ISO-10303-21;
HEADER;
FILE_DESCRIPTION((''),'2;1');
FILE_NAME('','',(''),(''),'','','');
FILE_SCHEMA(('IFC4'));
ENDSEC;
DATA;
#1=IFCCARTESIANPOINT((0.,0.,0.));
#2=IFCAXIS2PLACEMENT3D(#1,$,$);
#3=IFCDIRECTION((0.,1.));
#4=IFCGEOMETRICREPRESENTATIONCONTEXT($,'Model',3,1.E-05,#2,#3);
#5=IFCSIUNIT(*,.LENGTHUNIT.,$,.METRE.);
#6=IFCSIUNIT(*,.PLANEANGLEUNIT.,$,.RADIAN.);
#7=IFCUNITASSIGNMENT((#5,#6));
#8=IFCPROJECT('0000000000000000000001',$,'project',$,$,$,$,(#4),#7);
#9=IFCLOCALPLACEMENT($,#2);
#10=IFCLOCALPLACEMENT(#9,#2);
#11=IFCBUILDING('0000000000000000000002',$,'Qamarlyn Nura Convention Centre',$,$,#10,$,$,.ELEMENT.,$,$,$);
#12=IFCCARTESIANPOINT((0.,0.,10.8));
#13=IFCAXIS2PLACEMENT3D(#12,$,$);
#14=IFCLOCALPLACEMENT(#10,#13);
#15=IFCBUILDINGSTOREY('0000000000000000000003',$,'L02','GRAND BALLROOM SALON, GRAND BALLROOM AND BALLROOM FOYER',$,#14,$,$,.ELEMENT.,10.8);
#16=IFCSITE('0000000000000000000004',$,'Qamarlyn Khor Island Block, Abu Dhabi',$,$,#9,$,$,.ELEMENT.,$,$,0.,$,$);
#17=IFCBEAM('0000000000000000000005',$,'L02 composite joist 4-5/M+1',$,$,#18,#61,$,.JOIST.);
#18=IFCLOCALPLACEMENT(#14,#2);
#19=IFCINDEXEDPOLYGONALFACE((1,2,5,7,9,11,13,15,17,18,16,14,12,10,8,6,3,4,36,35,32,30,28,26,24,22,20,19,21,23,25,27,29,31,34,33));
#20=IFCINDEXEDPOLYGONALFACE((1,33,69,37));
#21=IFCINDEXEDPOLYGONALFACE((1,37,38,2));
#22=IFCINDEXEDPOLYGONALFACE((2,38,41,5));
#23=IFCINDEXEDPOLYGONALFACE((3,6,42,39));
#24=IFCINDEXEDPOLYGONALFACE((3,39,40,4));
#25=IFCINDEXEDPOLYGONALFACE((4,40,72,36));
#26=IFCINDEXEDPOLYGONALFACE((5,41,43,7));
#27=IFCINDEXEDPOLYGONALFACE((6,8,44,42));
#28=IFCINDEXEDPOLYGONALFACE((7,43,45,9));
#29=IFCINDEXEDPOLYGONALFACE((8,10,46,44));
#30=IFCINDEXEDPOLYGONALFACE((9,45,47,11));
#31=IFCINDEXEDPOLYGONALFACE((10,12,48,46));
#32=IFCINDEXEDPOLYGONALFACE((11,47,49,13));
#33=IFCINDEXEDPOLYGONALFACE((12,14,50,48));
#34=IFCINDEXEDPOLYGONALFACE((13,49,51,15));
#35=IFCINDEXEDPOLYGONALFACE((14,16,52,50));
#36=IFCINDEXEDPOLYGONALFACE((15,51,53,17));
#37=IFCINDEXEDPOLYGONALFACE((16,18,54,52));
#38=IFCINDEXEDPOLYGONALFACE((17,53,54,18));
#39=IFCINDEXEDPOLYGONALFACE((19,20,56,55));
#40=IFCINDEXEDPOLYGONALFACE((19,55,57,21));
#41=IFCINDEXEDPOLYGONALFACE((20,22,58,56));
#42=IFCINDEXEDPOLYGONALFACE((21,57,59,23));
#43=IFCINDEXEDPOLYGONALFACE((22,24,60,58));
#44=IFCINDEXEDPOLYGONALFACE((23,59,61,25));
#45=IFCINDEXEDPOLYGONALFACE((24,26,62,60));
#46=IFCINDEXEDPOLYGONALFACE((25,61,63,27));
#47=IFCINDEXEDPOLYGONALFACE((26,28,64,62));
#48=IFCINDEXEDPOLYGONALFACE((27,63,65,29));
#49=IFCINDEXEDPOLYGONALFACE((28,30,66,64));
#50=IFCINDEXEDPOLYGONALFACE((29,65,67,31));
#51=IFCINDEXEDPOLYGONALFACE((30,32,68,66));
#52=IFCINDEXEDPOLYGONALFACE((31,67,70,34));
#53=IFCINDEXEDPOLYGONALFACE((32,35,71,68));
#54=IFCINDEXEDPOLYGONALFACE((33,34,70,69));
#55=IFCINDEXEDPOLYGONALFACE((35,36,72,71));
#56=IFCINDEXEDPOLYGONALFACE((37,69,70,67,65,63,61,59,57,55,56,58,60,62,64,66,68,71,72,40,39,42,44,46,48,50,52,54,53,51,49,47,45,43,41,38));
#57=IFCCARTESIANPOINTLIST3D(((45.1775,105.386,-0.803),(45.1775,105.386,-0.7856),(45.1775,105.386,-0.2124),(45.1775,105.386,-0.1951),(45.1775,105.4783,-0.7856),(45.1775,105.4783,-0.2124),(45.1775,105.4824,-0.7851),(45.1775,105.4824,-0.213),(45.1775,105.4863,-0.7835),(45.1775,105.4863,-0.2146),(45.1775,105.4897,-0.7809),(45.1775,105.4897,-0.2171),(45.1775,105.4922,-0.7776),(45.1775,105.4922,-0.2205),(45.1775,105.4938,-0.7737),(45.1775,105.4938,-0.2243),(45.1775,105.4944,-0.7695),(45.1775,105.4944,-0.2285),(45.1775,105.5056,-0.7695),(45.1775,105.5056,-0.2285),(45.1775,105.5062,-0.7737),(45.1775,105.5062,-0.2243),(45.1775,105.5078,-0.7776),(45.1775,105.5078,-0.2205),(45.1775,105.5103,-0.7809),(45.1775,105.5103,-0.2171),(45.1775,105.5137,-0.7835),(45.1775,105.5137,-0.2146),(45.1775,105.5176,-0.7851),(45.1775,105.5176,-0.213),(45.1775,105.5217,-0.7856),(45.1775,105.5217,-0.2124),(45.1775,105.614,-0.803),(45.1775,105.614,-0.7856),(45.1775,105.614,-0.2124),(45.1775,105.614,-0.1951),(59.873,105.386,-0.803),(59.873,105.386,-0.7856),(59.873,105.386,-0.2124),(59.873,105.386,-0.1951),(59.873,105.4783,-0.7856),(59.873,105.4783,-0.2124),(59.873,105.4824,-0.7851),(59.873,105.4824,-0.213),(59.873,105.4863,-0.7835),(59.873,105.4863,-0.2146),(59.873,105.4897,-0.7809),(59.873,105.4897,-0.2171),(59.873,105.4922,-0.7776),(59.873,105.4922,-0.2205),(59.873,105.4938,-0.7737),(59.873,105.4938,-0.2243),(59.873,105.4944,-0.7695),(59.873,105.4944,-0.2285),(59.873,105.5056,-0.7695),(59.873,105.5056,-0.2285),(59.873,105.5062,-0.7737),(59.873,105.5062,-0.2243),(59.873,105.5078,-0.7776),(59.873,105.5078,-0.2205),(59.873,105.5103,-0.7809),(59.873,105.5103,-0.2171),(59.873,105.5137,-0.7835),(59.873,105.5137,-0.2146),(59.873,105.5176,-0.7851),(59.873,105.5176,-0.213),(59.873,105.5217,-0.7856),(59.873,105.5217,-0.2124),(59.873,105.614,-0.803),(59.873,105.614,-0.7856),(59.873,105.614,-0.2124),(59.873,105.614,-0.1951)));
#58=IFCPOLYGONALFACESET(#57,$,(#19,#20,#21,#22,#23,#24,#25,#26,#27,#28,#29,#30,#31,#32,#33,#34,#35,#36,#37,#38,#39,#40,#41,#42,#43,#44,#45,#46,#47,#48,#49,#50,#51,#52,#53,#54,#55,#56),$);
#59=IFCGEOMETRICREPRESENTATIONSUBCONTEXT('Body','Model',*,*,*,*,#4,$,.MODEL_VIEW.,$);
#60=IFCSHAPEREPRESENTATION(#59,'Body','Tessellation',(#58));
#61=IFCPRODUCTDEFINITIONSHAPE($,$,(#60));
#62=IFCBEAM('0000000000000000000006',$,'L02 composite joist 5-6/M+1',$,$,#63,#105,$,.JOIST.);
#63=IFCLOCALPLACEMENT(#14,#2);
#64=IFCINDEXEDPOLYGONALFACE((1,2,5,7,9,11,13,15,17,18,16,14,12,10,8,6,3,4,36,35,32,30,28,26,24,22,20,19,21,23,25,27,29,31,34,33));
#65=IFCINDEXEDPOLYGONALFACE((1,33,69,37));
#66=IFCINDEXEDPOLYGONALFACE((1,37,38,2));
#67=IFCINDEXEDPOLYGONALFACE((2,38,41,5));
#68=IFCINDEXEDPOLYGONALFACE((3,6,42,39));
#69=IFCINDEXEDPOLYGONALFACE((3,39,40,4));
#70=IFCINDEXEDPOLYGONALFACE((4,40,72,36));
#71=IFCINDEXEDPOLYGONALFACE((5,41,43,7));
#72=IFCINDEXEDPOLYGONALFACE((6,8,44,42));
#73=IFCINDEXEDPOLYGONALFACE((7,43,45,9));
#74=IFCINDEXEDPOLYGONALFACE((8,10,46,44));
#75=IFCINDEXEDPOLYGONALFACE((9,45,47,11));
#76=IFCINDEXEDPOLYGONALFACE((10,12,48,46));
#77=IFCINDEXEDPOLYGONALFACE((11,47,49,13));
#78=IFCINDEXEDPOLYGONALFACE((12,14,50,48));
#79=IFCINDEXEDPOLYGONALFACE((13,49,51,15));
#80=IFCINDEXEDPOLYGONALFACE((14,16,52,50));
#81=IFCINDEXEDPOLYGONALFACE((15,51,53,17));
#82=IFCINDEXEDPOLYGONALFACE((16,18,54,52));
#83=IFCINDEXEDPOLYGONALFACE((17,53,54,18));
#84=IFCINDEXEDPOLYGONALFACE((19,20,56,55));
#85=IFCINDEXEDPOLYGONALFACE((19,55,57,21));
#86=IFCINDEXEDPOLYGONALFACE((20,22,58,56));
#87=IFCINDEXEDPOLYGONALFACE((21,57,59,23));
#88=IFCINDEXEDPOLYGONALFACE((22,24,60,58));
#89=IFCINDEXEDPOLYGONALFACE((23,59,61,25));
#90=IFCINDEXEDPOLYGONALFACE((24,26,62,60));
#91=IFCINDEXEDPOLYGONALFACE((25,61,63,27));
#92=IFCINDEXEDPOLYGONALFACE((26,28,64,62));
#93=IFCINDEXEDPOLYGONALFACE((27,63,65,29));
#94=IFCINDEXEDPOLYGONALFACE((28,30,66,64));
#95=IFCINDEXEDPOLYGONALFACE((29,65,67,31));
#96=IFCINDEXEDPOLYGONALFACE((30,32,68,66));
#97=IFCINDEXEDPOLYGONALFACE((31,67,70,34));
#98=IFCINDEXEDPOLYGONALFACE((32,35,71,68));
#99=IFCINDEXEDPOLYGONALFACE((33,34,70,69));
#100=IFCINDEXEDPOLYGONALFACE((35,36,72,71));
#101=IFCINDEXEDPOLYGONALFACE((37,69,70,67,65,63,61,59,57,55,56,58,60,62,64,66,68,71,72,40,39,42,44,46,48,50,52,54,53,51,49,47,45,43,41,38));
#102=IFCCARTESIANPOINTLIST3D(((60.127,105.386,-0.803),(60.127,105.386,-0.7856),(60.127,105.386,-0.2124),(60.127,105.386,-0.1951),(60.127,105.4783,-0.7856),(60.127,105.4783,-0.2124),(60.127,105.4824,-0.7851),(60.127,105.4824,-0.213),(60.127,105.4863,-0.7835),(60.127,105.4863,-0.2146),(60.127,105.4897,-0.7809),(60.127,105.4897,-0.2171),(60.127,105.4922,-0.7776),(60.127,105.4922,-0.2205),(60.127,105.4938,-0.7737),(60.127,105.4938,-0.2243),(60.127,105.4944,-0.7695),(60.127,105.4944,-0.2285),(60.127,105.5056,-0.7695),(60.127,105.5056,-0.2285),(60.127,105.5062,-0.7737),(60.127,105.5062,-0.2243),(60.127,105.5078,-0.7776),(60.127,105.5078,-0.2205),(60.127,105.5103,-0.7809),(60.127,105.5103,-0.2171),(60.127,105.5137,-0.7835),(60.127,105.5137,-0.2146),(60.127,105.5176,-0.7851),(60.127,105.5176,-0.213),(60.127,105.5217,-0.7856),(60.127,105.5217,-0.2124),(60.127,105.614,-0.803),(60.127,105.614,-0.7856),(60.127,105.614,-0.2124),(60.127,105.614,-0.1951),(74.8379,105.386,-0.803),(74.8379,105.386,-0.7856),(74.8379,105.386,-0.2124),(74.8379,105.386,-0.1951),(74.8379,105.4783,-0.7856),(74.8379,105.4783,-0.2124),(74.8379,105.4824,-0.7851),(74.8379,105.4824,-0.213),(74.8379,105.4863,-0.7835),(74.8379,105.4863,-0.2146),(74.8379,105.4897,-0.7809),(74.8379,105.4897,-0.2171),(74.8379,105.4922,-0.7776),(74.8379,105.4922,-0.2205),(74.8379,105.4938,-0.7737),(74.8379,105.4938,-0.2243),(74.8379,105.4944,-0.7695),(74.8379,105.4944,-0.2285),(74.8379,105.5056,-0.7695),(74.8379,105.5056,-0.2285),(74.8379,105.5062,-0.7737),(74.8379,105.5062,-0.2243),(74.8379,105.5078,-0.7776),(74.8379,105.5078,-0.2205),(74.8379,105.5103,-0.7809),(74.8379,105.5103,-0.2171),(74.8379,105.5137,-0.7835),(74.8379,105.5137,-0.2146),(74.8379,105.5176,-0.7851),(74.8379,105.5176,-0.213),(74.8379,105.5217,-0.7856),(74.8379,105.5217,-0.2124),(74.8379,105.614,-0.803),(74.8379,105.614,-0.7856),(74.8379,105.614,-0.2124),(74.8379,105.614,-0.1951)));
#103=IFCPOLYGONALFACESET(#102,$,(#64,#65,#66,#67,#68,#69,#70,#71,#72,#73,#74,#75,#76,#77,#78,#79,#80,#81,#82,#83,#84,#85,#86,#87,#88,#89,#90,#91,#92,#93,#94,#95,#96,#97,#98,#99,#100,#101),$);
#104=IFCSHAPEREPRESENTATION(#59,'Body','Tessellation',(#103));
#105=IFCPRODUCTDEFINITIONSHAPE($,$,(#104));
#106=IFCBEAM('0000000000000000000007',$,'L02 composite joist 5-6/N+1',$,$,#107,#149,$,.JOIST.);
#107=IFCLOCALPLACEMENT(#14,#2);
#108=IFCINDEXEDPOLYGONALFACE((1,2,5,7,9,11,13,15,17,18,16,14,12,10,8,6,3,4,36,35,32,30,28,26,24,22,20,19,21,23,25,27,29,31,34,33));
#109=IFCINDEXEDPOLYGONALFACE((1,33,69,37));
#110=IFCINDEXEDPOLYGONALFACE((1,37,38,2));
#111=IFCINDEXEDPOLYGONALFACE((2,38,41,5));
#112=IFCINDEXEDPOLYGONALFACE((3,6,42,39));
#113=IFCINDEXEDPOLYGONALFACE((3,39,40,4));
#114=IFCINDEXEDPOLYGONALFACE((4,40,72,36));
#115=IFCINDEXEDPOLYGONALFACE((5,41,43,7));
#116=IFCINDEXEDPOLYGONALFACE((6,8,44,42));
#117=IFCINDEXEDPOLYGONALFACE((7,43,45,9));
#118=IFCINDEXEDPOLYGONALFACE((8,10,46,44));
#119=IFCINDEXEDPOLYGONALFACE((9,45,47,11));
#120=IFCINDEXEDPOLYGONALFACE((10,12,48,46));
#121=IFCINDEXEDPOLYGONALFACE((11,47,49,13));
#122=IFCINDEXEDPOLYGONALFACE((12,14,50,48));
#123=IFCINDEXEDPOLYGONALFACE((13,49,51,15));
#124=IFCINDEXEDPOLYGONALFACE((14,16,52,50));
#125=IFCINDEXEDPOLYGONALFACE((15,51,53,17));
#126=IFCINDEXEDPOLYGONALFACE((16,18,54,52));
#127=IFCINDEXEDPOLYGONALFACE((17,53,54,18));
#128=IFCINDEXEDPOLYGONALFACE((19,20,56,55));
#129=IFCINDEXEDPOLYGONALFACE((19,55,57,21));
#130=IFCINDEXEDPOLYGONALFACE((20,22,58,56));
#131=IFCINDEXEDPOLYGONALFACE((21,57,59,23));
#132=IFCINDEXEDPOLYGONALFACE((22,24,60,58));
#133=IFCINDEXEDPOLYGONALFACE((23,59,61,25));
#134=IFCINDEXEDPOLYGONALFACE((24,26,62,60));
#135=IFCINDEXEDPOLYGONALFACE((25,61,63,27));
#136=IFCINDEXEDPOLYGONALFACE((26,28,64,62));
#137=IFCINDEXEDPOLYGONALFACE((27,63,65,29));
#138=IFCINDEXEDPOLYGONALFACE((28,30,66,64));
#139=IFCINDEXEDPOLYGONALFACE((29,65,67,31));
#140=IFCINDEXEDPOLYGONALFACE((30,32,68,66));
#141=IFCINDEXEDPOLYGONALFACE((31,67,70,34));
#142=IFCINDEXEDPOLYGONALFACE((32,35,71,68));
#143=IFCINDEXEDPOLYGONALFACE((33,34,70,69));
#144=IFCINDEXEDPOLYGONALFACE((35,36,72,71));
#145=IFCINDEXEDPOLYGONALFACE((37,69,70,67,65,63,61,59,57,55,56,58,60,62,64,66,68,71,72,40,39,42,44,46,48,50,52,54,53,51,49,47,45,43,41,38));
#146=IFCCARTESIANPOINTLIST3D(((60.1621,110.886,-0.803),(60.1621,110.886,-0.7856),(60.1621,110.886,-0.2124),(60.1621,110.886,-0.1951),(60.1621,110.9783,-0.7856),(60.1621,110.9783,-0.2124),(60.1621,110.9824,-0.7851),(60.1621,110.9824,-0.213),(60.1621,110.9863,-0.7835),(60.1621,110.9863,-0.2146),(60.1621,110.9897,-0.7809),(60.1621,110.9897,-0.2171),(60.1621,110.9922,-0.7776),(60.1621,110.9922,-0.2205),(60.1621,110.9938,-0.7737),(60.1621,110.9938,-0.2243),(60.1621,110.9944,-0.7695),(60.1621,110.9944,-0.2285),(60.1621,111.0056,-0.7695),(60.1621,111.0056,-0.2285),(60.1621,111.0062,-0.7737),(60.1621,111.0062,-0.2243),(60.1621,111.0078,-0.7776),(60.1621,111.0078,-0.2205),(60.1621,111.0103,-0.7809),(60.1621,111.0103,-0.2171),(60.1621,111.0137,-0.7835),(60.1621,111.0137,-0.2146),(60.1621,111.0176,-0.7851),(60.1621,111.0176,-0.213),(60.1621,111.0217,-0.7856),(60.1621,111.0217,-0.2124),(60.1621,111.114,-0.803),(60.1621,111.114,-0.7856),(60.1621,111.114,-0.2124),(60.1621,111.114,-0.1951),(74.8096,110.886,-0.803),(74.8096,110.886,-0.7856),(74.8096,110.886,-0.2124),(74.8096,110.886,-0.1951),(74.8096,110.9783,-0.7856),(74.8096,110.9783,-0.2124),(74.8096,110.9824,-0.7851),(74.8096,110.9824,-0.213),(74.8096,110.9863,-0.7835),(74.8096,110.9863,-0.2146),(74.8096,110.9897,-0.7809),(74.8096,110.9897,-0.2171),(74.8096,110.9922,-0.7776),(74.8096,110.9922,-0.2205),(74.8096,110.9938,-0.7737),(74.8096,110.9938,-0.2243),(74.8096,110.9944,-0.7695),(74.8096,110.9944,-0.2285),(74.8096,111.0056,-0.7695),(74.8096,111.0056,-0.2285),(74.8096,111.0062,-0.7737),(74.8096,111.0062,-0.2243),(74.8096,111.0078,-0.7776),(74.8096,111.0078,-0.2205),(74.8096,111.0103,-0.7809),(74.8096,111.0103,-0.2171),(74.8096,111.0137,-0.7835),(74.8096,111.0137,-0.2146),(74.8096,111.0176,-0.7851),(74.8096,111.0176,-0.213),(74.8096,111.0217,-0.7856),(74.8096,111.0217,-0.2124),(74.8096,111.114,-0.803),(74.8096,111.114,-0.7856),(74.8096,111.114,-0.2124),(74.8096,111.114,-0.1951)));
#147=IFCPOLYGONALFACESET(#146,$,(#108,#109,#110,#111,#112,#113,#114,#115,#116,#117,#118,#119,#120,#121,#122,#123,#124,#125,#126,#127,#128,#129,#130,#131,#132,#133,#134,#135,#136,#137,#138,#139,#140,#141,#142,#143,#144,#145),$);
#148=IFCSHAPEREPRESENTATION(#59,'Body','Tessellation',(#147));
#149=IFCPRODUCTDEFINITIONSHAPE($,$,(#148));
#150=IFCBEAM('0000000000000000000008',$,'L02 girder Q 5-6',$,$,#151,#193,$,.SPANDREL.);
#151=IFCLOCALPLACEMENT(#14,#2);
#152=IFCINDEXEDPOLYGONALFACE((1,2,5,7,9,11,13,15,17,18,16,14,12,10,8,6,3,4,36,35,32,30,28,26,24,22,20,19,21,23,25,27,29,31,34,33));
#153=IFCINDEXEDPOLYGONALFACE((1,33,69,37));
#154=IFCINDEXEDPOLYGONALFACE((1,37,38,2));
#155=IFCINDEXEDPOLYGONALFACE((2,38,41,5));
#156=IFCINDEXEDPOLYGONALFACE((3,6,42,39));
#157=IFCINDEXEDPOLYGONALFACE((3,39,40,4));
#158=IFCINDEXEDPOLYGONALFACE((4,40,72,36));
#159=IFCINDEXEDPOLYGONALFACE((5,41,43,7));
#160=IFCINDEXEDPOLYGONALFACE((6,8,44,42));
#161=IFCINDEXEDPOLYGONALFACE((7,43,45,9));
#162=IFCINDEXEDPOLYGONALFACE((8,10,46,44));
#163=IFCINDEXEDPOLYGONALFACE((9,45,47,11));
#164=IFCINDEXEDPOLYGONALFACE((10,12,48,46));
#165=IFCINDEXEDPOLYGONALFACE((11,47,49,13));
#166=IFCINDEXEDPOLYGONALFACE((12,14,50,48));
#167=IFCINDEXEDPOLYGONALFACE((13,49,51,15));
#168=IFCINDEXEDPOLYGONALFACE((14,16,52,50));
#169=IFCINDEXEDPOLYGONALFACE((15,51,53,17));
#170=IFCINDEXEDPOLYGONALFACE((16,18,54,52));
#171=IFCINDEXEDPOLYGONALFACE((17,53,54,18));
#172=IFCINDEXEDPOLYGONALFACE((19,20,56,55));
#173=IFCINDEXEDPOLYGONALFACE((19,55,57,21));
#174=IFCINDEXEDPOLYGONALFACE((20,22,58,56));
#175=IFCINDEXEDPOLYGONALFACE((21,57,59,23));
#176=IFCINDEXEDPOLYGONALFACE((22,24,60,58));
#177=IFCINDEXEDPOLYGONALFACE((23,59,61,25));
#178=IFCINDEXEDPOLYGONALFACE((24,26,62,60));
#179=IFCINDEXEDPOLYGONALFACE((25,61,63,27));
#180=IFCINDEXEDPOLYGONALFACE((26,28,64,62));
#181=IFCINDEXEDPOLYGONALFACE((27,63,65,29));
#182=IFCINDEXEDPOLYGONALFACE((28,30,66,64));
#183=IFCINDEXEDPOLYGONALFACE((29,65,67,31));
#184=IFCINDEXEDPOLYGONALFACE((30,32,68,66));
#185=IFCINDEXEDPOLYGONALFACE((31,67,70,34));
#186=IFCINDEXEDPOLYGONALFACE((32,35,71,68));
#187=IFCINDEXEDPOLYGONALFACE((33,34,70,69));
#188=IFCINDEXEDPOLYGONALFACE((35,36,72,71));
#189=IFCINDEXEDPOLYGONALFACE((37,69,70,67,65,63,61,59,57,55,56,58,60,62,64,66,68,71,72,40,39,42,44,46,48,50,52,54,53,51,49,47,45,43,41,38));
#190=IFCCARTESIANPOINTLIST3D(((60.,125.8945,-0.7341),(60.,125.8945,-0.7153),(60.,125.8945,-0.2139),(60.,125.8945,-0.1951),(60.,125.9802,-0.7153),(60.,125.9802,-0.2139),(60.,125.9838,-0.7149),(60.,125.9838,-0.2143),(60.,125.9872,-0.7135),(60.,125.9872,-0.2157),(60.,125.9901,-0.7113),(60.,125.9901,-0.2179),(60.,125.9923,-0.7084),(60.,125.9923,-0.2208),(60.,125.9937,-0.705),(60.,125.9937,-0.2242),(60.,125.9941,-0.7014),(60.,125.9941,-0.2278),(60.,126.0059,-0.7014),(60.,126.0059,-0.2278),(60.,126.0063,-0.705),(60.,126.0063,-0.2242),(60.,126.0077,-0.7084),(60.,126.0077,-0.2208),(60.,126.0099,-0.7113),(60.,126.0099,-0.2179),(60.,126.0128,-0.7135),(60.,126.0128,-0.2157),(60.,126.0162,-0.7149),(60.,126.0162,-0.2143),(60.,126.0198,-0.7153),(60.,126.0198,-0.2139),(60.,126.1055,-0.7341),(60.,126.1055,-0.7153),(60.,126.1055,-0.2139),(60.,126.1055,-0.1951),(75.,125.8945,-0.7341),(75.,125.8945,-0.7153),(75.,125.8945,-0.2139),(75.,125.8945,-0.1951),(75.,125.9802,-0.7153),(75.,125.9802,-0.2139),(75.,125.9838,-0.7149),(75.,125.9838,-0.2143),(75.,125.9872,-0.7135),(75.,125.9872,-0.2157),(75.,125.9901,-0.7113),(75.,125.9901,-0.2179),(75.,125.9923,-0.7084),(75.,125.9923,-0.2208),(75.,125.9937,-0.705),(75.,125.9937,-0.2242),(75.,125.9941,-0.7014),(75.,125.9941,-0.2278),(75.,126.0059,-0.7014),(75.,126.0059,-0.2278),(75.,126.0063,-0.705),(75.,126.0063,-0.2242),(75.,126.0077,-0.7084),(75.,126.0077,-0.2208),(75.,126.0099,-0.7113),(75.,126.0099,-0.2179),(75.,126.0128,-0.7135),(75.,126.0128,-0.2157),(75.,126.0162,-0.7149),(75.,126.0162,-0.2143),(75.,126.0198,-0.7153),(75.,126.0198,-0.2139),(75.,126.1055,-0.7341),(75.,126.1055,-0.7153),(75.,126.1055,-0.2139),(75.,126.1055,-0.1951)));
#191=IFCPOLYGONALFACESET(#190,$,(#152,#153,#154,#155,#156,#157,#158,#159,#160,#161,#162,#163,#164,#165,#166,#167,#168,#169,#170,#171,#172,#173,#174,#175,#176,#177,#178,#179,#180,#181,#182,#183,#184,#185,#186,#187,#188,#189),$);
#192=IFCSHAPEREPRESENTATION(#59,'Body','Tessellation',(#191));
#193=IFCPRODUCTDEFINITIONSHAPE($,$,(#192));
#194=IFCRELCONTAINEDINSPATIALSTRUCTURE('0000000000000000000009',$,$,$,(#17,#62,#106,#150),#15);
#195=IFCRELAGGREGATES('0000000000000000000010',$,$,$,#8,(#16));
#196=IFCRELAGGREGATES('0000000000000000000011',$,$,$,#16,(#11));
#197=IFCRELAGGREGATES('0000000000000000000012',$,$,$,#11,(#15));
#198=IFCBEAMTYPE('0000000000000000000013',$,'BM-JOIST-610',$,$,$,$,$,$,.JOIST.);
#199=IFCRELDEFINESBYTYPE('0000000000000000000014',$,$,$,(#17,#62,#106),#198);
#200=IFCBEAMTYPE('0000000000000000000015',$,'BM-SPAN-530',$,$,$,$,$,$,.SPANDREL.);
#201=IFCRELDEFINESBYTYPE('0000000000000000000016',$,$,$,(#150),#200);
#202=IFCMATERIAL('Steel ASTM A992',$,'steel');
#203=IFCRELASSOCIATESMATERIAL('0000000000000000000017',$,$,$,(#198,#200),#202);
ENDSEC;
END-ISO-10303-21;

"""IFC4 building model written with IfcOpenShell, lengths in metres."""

from ifc_helpers import new_model, si_unit, direction, frame, origin, origin_2d, place, context, subcontext, project, spatial, i_section, extrude, material, material_profile, profile_set, type_object, element, save


model = new_model("IFC4")

# Units and contexts
model_context = context("Model", 3, precision=1e-05, world=origin(), true_north=direction((0.0, 1.0)))
body_context = subcontext(model_context, "Body", "Model", "MODEL_VIEW")
ifc_project = project(units=[si_unit("LENGTHUNIT", "METRE"), si_unit("PLANEANGLEUNIT", "RADIAN")], contexts=[model_context])

# Site, building, storey
site_placement = place(None, origin())
site = spatial("IfcSite", under=ifc_project, at=site_placement, Name="Qamarlyn Khor Island Block, Abu Dhabi", CompositionType="ELEMENT", RefElevation=0.0)
building_placement = place(site_placement, origin())
building = spatial("IfcBuilding", under=site, at=building_placement, Name="Qamarlyn Nura Convention Centre", CompositionType="ELEMENT")
storey_placement = place(building_placement, frame((0.0, 0.0, 10.8)))
storey = spatial("IfcBuildingStorey", under=building, at=storey_placement, Name="L02", Description="GRAND BALLROOM SALON, GRAND BALLROOM AND BALLROOM FOYER", CompositionType="ELEMENT", Elevation=10.8)

# Beams
ifc_material_1 = material(Name="Steel ASTM A992", Category="steel")
ifc_material_profile_1 = material_profile(ifc_material_1, i_section(OverallWidth=0.228, OverallDepth=0.6079, WebThickness=0.0112, FlangeThickness=0.0173, FilletRadius=0.0161, at=origin_2d()), Name="W610X113")
ifc_profile_set_1 = profile_set([ifc_material_profile_1], Name="Steel ASTM A992")
beam_type_1 = type_object("IfcBeamType", Name="BM-JOIST-610", PredefinedType="JOIST", material=ifc_profile_set_1)
beam_1_placement = place(storey_placement, frame((45.1775, 105.5, -0.499), z_axis=(1.0, 0.0, 0.0), x_axis=(0.0, 1.0, 0.0)))
element("IfcBeam", 1, at=beam_1_placement, inside=storey, type_object=beam_type_1, Name="L02 composite joist 4-5/M+1", PredefinedType="JOIST", context=body_context, shape_type="SweptSolid", body=[
    extrude(i_section(OverallWidth=0.228, OverallDepth=0.6079, WebThickness=0.0112, FlangeThickness=0.0173, FilletRadius=0.0161, at=origin_2d()), origin(), (0.0, 0.0, 1.0), 14.6956),
])
beam_2_placement = place(storey_placement, frame((60.127, 105.5, -0.499), z_axis=(1.0, 0.0, 0.0), x_axis=(0.0, 1.0, 0.0)))
element("IfcBeam", 2, at=beam_2_placement, inside=storey, type_object=beam_type_1, Name="L02 composite joist 5-6/M+1", PredefinedType="JOIST", context=body_context, shape_type="SweptSolid", body=[
    extrude(i_section(OverallWidth=0.228, OverallDepth=0.6079, WebThickness=0.0112, FlangeThickness=0.0173, FilletRadius=0.0161, at=origin_2d()), origin(), (0.0, 0.0, 1.0), 14.7109),
])
beam_3_placement = place(storey_placement, frame((60.1621, 111.0, -0.499), z_axis=(1.0, 0.0, 0.0), x_axis=(0.0, 1.0, 0.0)))
element("IfcBeam", 3, at=beam_3_placement, inside=storey, type_object=beam_type_1, Name="L02 composite joist 5-6/N+1", PredefinedType="JOIST", context=body_context, shape_type="SweptSolid", body=[
    extrude(i_section(OverallWidth=0.228, OverallDepth=0.6079, WebThickness=0.0112, FlangeThickness=0.0173, FilletRadius=0.0161, at=origin_2d()), origin(), (0.0, 0.0, 1.0), 14.6475),
])
ifc_material_profile_2 = material_profile(ifc_material_1, i_section(OverallWidth=0.2109, OverallDepth=0.5391, WebThickness=0.0117, FlangeThickness=0.0188, FilletRadius=0.0139, at=origin_2d()), Name="W530X109")
ifc_profile_set_2 = profile_set([ifc_material_profile_2], Name="Steel ASTM A992")
beam_type_2 = type_object("IfcBeamType", Name="BM-SPAN-530", PredefinedType="SPANDREL", material=ifc_profile_set_2)
beam_4_placement = place(storey_placement, frame((60.0, 126.0, -0.4646), z_axis=(1.0, 0.0, 0.0), x_axis=(0.0, 1.0, 0.0)))
element("IfcBeam", 4, at=beam_4_placement, inside=storey, type_object=beam_type_2, Name="L02 girder Q 5-6", PredefinedType="SPANDREL", context=body_context, shape_type="SweptSolid", body=[
    extrude(i_section(OverallWidth=0.2109, OverallDepth=0.5391, WebThickness=0.0117, FlangeThickness=0.0188, FilletRadius=0.0139, at=origin_2d()), origin(), (0.0, 0.0, 1.0), 15.0),
])

save(model, "model.ifc")
